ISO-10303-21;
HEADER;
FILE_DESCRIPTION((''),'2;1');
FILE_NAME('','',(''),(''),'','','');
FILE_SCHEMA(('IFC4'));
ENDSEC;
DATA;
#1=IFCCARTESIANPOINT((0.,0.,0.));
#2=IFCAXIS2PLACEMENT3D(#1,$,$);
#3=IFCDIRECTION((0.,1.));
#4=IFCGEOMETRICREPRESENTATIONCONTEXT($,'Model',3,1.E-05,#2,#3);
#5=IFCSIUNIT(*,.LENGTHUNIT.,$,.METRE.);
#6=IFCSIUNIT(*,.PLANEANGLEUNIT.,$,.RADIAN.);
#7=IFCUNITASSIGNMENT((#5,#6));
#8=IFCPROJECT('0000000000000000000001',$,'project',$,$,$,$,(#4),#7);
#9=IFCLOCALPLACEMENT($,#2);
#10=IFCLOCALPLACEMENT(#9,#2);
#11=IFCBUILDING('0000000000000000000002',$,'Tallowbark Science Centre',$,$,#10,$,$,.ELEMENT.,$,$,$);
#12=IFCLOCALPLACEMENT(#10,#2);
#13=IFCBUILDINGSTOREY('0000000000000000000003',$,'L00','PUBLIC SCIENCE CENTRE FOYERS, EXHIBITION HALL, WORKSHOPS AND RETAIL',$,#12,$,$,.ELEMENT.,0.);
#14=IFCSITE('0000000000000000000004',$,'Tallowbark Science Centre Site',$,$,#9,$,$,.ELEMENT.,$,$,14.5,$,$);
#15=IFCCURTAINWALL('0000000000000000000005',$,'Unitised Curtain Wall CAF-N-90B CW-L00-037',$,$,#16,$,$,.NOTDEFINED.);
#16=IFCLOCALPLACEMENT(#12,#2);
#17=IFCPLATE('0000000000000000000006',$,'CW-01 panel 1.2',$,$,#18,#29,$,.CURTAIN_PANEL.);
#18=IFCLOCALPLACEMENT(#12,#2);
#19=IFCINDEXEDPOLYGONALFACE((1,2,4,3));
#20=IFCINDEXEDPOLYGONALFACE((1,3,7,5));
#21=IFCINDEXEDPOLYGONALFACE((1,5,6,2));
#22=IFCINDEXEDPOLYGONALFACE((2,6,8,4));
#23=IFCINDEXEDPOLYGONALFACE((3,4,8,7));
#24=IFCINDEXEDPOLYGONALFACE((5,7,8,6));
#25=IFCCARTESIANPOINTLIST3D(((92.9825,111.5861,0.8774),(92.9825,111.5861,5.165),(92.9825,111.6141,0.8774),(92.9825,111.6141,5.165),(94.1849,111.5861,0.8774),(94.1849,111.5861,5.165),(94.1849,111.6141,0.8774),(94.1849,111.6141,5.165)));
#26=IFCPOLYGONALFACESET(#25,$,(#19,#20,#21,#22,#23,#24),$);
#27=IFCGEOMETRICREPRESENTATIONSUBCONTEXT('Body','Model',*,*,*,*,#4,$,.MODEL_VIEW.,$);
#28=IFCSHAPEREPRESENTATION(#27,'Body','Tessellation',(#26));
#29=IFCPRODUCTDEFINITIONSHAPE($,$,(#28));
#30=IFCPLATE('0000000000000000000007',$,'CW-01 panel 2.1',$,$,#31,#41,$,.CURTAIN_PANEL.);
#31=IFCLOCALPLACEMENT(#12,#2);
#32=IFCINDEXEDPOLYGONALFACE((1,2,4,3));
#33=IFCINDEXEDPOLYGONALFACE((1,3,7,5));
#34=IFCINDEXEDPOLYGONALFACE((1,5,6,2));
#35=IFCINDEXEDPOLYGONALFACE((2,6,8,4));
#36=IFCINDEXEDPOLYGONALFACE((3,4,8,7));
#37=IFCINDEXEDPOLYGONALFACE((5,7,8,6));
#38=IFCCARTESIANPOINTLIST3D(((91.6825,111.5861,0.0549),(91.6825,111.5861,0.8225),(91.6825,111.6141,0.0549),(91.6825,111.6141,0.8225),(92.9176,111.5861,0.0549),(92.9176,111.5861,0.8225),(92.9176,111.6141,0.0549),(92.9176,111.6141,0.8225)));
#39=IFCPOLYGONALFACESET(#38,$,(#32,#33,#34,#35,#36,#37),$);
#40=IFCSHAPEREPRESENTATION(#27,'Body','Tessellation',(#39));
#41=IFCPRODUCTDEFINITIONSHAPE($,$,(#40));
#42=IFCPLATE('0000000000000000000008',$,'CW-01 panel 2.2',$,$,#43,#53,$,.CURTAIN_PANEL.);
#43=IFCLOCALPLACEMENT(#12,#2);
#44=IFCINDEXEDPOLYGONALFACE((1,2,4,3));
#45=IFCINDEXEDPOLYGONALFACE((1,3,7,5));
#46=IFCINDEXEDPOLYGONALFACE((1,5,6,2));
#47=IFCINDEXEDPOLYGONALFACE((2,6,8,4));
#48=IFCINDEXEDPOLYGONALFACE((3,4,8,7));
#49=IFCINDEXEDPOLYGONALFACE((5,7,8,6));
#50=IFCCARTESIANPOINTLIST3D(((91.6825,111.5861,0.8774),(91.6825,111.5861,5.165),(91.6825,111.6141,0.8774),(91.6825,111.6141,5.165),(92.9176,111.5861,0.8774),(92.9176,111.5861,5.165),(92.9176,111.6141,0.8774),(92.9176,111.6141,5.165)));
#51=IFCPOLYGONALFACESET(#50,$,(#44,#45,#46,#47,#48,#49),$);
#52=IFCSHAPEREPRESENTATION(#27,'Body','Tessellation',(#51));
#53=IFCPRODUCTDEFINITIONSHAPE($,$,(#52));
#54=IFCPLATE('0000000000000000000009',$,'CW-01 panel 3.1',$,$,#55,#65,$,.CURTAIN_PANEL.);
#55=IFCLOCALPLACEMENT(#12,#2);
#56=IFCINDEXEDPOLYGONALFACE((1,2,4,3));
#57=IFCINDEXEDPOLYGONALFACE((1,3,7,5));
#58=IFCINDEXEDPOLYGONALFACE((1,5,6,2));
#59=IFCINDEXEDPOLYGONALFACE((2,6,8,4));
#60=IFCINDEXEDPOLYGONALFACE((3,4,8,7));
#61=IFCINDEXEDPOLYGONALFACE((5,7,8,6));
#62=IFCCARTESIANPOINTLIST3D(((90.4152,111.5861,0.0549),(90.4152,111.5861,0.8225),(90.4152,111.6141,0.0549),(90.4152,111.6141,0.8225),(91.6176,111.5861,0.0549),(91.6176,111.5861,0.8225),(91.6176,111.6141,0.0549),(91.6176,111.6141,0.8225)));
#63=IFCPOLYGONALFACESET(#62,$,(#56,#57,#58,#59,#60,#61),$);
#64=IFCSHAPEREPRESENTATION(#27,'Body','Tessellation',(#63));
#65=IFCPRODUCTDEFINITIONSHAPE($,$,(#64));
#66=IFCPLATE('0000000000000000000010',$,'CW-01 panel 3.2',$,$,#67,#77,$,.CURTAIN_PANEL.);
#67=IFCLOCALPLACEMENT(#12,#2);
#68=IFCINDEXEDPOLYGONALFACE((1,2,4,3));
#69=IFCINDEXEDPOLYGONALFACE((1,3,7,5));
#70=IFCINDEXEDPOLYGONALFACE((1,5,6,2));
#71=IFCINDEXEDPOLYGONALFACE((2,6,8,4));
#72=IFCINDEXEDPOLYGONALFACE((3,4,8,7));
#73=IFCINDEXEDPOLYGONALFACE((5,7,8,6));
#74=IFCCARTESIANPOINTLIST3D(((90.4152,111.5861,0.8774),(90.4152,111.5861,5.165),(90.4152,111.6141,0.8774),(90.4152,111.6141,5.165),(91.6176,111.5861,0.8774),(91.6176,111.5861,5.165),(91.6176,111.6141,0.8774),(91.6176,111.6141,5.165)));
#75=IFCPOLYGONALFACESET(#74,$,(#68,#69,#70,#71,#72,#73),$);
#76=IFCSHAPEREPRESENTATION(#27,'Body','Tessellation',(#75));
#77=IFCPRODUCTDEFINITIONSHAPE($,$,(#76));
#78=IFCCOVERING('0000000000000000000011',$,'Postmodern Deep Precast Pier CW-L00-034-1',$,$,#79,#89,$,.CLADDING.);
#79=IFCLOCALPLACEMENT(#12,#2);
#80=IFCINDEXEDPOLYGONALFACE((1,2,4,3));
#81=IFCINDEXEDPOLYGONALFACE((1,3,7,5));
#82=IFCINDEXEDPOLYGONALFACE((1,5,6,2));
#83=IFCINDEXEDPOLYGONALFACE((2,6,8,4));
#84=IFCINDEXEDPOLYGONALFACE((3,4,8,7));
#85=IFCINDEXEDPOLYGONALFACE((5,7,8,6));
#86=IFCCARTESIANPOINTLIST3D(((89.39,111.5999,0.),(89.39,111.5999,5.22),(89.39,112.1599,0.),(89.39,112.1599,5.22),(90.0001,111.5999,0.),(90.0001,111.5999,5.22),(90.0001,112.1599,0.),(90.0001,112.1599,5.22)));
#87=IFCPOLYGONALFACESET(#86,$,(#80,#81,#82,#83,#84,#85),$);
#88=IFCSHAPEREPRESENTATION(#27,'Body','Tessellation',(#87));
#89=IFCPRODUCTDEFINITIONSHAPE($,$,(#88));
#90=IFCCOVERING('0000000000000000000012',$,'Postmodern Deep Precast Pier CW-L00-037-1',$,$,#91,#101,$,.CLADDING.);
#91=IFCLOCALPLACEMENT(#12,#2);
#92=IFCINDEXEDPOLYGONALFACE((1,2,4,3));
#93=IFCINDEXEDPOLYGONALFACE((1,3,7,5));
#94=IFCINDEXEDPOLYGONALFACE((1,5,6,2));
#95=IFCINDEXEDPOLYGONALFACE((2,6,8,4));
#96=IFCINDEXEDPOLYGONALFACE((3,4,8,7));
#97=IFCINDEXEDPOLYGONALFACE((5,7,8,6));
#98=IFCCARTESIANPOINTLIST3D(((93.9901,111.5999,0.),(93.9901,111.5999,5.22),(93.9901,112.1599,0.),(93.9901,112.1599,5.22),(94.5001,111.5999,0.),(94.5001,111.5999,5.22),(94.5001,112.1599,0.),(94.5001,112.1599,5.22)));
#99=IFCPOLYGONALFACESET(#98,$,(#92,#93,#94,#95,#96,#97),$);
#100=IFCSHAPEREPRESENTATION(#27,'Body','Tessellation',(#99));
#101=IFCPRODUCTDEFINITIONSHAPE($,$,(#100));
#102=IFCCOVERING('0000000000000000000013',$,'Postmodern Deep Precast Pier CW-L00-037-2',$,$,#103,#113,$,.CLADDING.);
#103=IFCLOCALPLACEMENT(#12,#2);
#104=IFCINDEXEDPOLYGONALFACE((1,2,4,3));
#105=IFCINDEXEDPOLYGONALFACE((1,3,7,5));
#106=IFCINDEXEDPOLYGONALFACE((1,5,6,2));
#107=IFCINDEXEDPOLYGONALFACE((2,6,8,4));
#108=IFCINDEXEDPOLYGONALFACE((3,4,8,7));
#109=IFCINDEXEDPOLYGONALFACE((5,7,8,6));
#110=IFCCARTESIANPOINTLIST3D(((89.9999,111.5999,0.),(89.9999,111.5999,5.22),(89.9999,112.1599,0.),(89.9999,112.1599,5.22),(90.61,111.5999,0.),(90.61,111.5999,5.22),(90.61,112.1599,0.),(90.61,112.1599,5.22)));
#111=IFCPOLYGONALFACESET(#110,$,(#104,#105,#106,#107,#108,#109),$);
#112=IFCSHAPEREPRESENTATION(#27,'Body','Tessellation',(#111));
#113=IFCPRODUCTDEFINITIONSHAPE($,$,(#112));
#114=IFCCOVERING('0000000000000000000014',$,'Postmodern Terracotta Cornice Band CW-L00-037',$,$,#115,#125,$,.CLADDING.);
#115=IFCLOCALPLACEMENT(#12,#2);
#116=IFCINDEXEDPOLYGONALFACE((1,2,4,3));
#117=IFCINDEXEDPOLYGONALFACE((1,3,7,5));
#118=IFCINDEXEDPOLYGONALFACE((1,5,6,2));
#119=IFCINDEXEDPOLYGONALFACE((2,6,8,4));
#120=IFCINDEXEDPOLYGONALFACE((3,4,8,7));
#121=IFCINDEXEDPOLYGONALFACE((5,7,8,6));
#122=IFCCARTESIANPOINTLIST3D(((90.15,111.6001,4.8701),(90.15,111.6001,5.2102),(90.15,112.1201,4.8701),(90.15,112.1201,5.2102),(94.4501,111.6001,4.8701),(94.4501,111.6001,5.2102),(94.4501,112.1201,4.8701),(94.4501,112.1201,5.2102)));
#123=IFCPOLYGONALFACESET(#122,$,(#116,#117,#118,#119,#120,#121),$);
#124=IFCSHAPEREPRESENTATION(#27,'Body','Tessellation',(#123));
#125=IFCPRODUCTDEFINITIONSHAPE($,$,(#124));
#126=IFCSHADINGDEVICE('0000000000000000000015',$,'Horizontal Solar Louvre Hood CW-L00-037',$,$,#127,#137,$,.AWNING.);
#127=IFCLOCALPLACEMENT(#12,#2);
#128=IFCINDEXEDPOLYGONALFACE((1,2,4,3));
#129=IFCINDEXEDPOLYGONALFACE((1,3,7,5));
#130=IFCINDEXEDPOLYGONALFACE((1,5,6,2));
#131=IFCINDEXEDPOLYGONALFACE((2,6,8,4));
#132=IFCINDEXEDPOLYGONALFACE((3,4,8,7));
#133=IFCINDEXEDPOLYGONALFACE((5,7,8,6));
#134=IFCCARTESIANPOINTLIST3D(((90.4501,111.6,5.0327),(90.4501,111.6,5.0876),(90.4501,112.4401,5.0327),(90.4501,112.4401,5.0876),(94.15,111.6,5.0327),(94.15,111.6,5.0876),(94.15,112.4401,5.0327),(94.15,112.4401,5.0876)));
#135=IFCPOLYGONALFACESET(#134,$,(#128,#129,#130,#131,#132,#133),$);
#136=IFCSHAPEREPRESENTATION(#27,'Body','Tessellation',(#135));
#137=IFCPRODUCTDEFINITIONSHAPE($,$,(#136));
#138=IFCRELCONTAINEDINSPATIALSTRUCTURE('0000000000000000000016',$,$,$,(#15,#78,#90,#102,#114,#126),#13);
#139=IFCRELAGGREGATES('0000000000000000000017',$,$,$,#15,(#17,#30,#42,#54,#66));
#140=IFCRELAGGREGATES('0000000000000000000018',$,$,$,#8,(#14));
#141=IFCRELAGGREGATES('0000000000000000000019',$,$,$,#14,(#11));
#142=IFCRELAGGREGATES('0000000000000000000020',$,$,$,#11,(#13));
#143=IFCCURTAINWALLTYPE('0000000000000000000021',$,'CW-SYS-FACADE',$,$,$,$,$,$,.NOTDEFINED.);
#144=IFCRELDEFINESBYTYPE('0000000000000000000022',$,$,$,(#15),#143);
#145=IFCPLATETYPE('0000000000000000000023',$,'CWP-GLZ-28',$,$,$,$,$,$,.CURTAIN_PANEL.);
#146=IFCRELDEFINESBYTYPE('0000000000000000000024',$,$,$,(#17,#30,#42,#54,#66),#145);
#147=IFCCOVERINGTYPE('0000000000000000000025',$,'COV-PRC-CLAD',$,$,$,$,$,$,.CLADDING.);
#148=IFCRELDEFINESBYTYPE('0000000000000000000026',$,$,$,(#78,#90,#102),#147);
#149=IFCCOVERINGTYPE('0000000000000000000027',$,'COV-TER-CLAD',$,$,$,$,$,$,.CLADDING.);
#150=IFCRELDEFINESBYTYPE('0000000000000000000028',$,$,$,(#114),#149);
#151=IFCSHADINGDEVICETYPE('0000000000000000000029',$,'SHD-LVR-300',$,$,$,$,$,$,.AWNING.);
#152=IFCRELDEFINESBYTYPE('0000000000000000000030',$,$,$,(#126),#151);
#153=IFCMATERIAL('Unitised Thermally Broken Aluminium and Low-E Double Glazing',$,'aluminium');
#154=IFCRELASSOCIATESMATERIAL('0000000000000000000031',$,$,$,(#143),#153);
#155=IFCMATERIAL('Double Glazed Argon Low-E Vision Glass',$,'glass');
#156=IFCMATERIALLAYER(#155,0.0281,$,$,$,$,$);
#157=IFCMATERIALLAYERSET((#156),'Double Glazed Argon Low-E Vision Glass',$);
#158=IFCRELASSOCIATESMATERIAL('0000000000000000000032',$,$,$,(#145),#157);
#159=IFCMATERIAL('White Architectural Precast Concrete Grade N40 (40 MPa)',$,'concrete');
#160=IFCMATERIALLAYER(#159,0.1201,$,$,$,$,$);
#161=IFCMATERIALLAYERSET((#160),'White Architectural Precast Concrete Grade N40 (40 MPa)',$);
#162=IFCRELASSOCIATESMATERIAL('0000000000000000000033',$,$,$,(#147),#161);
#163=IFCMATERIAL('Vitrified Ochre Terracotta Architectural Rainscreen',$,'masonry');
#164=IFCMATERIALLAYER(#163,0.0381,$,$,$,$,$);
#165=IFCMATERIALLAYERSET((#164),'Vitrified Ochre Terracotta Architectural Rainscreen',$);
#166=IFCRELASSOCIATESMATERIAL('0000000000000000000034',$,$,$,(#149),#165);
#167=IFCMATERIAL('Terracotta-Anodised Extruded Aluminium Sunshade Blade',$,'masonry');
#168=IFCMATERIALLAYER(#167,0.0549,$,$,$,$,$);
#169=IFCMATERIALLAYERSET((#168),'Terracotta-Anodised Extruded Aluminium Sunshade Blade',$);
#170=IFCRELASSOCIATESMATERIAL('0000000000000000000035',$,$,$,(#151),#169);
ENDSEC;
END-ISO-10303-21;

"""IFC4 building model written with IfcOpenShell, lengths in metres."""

from ifc_helpers import new_model, si_unit, direction, frame, origin, origin_2d, place, context, subcontext, project, spatial, rectangle, extrude, material, layer, layer_set, type_object, element, aggregate, save


model = new_model("IFC4")

# Units and contexts
model_context = context("Model", 3, precision=1e-05, world=origin(), true_north=direction((0.0, 1.0)))
body_context = subcontext(model_context, "Body", "Model", "MODEL_VIEW")
ifc_project = project(units=[si_unit("LENGTHUNIT", "METRE"), si_unit("PLANEANGLEUNIT", "RADIAN")], contexts=[model_context])

# Site, building, storey
site_placement = place(None, origin())
site = spatial("IfcSite", under=ifc_project, at=site_placement, Name="Tallowbark Science Centre Site", CompositionType="ELEMENT", RefElevation=14.5)
building_placement = place(site_placement, origin())
building = spatial("IfcBuilding", under=site, at=building_placement, Name="Tallowbark Science Centre", CompositionType="ELEMENT")
storey_placement = place(building_placement, origin())
storey = spatial("IfcBuildingStorey", under=building, at=storey_placement, Name="L00", Description="PUBLIC SCIENCE CENTRE FOYERS, EXHIBITION HALL, WORKSHOPS AND RETAIL", CompositionType="ELEMENT", Elevation=0.0)

# Curtain wall
ifc_material_1 = material(Name="Unitised Thermally Broken Aluminium and Low-E Double Glazing", Category="aluminium")
curtain_wall_type = type_object("IfcCurtainWallType", Name="CW-SYS-FACADE", PredefinedType="NOTDEFINED", material=ifc_material_1)
curtain_wall_1_placement = place(storey_placement, origin())
curtain_wall_1 = element("IfcCurtainWall", 1, at=curtain_wall_1_placement, inside=storey, type_object=curtain_wall_type, Name="Unitised Curtain Wall CAF-N-90B CW-L00-037", PredefinedType="NOTDEFINED")

# Plates
ifc_material_2 = material(Name="Double Glazed Argon Low-E Vision Glass", Category="glass")
ifc_layer_1 = layer(ifc_material_2, 0.0281)
ifc_layer_set_1 = layer_set([ifc_layer_1], Name="Double Glazed Argon Low-E Vision Glass")
plate_type = type_object("IfcPlateType", Name="CWP-GLZ-28", PredefinedType="CURTAIN_PANEL", material=ifc_layer_set_1)
plate_1_placement = place(storey_placement, frame((93.5837, 111.6001, 0.8774), z_axis=(0.0, 0.0, 1.0), x_axis=(-1.0, 0.0, 0.0)))
plate_1 = element("IfcPlate", 2, at=plate_1_placement, type_object=plate_type, Name="CW-01 panel 1.2", PredefinedType="CURTAIN_PANEL", context=body_context, shape_type="SweptSolid", body=[
    extrude(rectangle(XDim=1.2024, YDim=0.0281, at=origin_2d()), origin(), (0.0, 0.0, 1.0), 4.2876),
])
plate_2_placement = place(storey_placement, frame((92.3, 111.6001, 0.0549), z_axis=(0.0, 0.0, 1.0), x_axis=(-1.0, 0.0, 0.0)))
plate_2 = element("IfcPlate", 3, at=plate_2_placement, type_object=plate_type, Name="CW-01 panel 2.1", PredefinedType="CURTAIN_PANEL", context=body_context, shape_type="SweptSolid", body=[
    extrude(rectangle(XDim=1.2351, YDim=0.0281, at=origin_2d()), origin(), (0.0, 0.0, 1.0), 0.7676),
])
plate_3_placement = place(storey_placement, frame((92.3, 111.6001, 0.8774), z_axis=(0.0, 0.0, 1.0), x_axis=(-1.0, 0.0, 0.0)))
plate_3 = element("IfcPlate", 4, at=plate_3_placement, type_object=plate_type, Name="CW-01 panel 2.2", PredefinedType="CURTAIN_PANEL", context=body_context, shape_type="SweptSolid", body=[
    extrude(rectangle(XDim=1.2351, YDim=0.0281, at=origin_2d()), origin(), (0.0, 0.0, 1.0), 4.2876),
])
plate_4_placement = place(storey_placement, frame((91.0164, 111.6001, 0.0549), z_axis=(0.0, 0.0, 1.0), x_axis=(-1.0, 0.0, 0.0)))
plate_4 = element("IfcPlate", 5, at=plate_4_placement, type_object=plate_type, Name="CW-01 panel 3.1", PredefinedType="CURTAIN_PANEL", context=body_context, shape_type="SweptSolid", body=[
    extrude(rectangle(XDim=1.2024, YDim=0.0281, at=origin_2d()), origin(), (0.0, 0.0, 1.0), 0.7676),
])
plate_5_placement = place(storey_placement, frame((91.0164, 111.6001, 0.8774), z_axis=(0.0, 0.0, 1.0), x_axis=(-1.0, 0.0, 0.0)))
plate_5 = element("IfcPlate", 6, at=plate_5_placement, type_object=plate_type, Name="CW-01 panel 3.2", PredefinedType="CURTAIN_PANEL", context=body_context, shape_type="SweptSolid", body=[
    extrude(rectangle(XDim=1.2024, YDim=0.0281, at=origin_2d()), origin(), (0.0, 0.0, 1.0), 4.2876),
])
aggregate(curtain_wall_1, [plate_1, plate_2, plate_3, plate_4, plate_5])

# Coverings
ifc_material_3 = material(Name="White Architectural Precast Concrete Grade N40 (40 MPa)", Category="concrete")
ifc_layer_2 = layer(ifc_material_3, 0.1201)
ifc_layer_set_2 = layer_set([ifc_layer_2], Name="White Architectural Precast Concrete Grade N40 (40 MPa)")
covering_type_1 = type_object("IfcCoveringType", Name="COV-PRC-CLAD", PredefinedType="CLADDING", material=ifc_layer_set_2)
covering_1_placement = place(storey_placement, frame((89.6951, 111.8799, 0.0), z_axis=(0.0, 0.0, 1.0), x_axis=(-1.0, 0.0, 0.0)))
element("IfcCovering", 7, at=covering_1_placement, inside=storey, type_object=covering_type_1, Name="Postmodern Deep Precast Pier CW-L00-034-1", PredefinedType="CLADDING", context=body_context, shape_type="SweptSolid", body=[
    extrude(rectangle(XDim=0.6101, YDim=0.5601, at=origin_2d()), origin(), (0.0, 0.0, 1.0), 5.22),
])
covering_2_placement = place(storey_placement, frame((94.2451, 111.8799, 0.0), z_axis=(0.0, 0.0, 1.0), x_axis=(-1.0, 0.0, 0.0)))
element("IfcCovering", 8, at=covering_2_placement, inside=storey, type_object=covering_type_1, Name="Postmodern Deep Precast Pier CW-L00-037-1", PredefinedType="CLADDING", context=body_context, shape_type="SweptSolid", body=[
    extrude(rectangle(XDim=0.51, YDim=0.5601, at=origin_2d()), origin(), (0.0, 0.0, 1.0), 5.22),
])
covering_3_placement = place(storey_placement, frame((90.3049, 111.8799, 0.0), z_axis=(0.0, 0.0, 1.0), x_axis=(-1.0, 0.0, 0.0)))
element("IfcCovering", 9, at=covering_3_placement, inside=storey, type_object=covering_type_1, Name="Postmodern Deep Precast Pier CW-L00-037-2", PredefinedType="CLADDING", context=body_context, shape_type="SweptSolid", body=[
    extrude(rectangle(XDim=0.6101, YDim=0.5601, at=origin_2d()), origin(), (0.0, 0.0, 1.0), 5.22),
])
ifc_material_4 = material(Name="Vitrified Ochre Terracotta Architectural Rainscreen", Category="masonry")
ifc_layer_3 = layer(ifc_material_4, 0.0381)
ifc_layer_set_3 = layer_set([ifc_layer_3], Name="Vitrified Ochre Terracotta Architectural Rainscreen")
covering_type_2 = type_object("IfcCoveringType", Name="COV-TER-CLAD", PredefinedType="CLADDING", material=ifc_layer_set_3)
covering_4_placement = place(storey_placement, frame((92.3, 111.8601, 4.8701), z_axis=(0.0, 0.0, 1.0), x_axis=(-1.0, 0.0, 0.0)))
element("IfcCovering", 10, at=covering_4_placement, inside=storey, type_object=covering_type_2, Name="Postmodern Terracotta Cornice Band CW-L00-037", PredefinedType="CLADDING", context=body_context, shape_type="SweptSolid", body=[
    extrude(rectangle(XDim=4.3, YDim=0.52, at=origin_2d()), origin(), (0.0, 0.0, 1.0), 0.3401),
])

# Shading device
ifc_material_5 = material(Name="Terracotta-Anodised Extruded Aluminium Sunshade Blade", Category="masonry")
ifc_layer_4 = layer(ifc_material_5, 0.0549)
ifc_layer_set_4 = layer_set([ifc_layer_4], Name="Terracotta-Anodised Extruded Aluminium Sunshade Blade")
shading_device_type = type_object("IfcShadingDeviceType", Name="SHD-LVR-300", PredefinedType="AWNING", material=ifc_layer_set_4)
shading_device_placement = place(storey_placement, frame((92.3, 112.02, 5.0327), z_axis=(0.0, 0.0, 1.0), x_axis=(-1.0, 0.0, 0.0)))
element("IfcShadingDevice", 11, at=shading_device_placement, inside=storey, type_object=shading_device_type, Name="Horizontal Solar Louvre Hood CW-L00-037", PredefinedType="AWNING", context=body_context, shape_type="SweptSolid", body=[
    extrude(rectangle(XDim=3.7, YDim=0.8401, at=origin_2d()), origin(), (0.0, 0.0, 1.0), 0.0549),
])

save(model, "model.ifc")
